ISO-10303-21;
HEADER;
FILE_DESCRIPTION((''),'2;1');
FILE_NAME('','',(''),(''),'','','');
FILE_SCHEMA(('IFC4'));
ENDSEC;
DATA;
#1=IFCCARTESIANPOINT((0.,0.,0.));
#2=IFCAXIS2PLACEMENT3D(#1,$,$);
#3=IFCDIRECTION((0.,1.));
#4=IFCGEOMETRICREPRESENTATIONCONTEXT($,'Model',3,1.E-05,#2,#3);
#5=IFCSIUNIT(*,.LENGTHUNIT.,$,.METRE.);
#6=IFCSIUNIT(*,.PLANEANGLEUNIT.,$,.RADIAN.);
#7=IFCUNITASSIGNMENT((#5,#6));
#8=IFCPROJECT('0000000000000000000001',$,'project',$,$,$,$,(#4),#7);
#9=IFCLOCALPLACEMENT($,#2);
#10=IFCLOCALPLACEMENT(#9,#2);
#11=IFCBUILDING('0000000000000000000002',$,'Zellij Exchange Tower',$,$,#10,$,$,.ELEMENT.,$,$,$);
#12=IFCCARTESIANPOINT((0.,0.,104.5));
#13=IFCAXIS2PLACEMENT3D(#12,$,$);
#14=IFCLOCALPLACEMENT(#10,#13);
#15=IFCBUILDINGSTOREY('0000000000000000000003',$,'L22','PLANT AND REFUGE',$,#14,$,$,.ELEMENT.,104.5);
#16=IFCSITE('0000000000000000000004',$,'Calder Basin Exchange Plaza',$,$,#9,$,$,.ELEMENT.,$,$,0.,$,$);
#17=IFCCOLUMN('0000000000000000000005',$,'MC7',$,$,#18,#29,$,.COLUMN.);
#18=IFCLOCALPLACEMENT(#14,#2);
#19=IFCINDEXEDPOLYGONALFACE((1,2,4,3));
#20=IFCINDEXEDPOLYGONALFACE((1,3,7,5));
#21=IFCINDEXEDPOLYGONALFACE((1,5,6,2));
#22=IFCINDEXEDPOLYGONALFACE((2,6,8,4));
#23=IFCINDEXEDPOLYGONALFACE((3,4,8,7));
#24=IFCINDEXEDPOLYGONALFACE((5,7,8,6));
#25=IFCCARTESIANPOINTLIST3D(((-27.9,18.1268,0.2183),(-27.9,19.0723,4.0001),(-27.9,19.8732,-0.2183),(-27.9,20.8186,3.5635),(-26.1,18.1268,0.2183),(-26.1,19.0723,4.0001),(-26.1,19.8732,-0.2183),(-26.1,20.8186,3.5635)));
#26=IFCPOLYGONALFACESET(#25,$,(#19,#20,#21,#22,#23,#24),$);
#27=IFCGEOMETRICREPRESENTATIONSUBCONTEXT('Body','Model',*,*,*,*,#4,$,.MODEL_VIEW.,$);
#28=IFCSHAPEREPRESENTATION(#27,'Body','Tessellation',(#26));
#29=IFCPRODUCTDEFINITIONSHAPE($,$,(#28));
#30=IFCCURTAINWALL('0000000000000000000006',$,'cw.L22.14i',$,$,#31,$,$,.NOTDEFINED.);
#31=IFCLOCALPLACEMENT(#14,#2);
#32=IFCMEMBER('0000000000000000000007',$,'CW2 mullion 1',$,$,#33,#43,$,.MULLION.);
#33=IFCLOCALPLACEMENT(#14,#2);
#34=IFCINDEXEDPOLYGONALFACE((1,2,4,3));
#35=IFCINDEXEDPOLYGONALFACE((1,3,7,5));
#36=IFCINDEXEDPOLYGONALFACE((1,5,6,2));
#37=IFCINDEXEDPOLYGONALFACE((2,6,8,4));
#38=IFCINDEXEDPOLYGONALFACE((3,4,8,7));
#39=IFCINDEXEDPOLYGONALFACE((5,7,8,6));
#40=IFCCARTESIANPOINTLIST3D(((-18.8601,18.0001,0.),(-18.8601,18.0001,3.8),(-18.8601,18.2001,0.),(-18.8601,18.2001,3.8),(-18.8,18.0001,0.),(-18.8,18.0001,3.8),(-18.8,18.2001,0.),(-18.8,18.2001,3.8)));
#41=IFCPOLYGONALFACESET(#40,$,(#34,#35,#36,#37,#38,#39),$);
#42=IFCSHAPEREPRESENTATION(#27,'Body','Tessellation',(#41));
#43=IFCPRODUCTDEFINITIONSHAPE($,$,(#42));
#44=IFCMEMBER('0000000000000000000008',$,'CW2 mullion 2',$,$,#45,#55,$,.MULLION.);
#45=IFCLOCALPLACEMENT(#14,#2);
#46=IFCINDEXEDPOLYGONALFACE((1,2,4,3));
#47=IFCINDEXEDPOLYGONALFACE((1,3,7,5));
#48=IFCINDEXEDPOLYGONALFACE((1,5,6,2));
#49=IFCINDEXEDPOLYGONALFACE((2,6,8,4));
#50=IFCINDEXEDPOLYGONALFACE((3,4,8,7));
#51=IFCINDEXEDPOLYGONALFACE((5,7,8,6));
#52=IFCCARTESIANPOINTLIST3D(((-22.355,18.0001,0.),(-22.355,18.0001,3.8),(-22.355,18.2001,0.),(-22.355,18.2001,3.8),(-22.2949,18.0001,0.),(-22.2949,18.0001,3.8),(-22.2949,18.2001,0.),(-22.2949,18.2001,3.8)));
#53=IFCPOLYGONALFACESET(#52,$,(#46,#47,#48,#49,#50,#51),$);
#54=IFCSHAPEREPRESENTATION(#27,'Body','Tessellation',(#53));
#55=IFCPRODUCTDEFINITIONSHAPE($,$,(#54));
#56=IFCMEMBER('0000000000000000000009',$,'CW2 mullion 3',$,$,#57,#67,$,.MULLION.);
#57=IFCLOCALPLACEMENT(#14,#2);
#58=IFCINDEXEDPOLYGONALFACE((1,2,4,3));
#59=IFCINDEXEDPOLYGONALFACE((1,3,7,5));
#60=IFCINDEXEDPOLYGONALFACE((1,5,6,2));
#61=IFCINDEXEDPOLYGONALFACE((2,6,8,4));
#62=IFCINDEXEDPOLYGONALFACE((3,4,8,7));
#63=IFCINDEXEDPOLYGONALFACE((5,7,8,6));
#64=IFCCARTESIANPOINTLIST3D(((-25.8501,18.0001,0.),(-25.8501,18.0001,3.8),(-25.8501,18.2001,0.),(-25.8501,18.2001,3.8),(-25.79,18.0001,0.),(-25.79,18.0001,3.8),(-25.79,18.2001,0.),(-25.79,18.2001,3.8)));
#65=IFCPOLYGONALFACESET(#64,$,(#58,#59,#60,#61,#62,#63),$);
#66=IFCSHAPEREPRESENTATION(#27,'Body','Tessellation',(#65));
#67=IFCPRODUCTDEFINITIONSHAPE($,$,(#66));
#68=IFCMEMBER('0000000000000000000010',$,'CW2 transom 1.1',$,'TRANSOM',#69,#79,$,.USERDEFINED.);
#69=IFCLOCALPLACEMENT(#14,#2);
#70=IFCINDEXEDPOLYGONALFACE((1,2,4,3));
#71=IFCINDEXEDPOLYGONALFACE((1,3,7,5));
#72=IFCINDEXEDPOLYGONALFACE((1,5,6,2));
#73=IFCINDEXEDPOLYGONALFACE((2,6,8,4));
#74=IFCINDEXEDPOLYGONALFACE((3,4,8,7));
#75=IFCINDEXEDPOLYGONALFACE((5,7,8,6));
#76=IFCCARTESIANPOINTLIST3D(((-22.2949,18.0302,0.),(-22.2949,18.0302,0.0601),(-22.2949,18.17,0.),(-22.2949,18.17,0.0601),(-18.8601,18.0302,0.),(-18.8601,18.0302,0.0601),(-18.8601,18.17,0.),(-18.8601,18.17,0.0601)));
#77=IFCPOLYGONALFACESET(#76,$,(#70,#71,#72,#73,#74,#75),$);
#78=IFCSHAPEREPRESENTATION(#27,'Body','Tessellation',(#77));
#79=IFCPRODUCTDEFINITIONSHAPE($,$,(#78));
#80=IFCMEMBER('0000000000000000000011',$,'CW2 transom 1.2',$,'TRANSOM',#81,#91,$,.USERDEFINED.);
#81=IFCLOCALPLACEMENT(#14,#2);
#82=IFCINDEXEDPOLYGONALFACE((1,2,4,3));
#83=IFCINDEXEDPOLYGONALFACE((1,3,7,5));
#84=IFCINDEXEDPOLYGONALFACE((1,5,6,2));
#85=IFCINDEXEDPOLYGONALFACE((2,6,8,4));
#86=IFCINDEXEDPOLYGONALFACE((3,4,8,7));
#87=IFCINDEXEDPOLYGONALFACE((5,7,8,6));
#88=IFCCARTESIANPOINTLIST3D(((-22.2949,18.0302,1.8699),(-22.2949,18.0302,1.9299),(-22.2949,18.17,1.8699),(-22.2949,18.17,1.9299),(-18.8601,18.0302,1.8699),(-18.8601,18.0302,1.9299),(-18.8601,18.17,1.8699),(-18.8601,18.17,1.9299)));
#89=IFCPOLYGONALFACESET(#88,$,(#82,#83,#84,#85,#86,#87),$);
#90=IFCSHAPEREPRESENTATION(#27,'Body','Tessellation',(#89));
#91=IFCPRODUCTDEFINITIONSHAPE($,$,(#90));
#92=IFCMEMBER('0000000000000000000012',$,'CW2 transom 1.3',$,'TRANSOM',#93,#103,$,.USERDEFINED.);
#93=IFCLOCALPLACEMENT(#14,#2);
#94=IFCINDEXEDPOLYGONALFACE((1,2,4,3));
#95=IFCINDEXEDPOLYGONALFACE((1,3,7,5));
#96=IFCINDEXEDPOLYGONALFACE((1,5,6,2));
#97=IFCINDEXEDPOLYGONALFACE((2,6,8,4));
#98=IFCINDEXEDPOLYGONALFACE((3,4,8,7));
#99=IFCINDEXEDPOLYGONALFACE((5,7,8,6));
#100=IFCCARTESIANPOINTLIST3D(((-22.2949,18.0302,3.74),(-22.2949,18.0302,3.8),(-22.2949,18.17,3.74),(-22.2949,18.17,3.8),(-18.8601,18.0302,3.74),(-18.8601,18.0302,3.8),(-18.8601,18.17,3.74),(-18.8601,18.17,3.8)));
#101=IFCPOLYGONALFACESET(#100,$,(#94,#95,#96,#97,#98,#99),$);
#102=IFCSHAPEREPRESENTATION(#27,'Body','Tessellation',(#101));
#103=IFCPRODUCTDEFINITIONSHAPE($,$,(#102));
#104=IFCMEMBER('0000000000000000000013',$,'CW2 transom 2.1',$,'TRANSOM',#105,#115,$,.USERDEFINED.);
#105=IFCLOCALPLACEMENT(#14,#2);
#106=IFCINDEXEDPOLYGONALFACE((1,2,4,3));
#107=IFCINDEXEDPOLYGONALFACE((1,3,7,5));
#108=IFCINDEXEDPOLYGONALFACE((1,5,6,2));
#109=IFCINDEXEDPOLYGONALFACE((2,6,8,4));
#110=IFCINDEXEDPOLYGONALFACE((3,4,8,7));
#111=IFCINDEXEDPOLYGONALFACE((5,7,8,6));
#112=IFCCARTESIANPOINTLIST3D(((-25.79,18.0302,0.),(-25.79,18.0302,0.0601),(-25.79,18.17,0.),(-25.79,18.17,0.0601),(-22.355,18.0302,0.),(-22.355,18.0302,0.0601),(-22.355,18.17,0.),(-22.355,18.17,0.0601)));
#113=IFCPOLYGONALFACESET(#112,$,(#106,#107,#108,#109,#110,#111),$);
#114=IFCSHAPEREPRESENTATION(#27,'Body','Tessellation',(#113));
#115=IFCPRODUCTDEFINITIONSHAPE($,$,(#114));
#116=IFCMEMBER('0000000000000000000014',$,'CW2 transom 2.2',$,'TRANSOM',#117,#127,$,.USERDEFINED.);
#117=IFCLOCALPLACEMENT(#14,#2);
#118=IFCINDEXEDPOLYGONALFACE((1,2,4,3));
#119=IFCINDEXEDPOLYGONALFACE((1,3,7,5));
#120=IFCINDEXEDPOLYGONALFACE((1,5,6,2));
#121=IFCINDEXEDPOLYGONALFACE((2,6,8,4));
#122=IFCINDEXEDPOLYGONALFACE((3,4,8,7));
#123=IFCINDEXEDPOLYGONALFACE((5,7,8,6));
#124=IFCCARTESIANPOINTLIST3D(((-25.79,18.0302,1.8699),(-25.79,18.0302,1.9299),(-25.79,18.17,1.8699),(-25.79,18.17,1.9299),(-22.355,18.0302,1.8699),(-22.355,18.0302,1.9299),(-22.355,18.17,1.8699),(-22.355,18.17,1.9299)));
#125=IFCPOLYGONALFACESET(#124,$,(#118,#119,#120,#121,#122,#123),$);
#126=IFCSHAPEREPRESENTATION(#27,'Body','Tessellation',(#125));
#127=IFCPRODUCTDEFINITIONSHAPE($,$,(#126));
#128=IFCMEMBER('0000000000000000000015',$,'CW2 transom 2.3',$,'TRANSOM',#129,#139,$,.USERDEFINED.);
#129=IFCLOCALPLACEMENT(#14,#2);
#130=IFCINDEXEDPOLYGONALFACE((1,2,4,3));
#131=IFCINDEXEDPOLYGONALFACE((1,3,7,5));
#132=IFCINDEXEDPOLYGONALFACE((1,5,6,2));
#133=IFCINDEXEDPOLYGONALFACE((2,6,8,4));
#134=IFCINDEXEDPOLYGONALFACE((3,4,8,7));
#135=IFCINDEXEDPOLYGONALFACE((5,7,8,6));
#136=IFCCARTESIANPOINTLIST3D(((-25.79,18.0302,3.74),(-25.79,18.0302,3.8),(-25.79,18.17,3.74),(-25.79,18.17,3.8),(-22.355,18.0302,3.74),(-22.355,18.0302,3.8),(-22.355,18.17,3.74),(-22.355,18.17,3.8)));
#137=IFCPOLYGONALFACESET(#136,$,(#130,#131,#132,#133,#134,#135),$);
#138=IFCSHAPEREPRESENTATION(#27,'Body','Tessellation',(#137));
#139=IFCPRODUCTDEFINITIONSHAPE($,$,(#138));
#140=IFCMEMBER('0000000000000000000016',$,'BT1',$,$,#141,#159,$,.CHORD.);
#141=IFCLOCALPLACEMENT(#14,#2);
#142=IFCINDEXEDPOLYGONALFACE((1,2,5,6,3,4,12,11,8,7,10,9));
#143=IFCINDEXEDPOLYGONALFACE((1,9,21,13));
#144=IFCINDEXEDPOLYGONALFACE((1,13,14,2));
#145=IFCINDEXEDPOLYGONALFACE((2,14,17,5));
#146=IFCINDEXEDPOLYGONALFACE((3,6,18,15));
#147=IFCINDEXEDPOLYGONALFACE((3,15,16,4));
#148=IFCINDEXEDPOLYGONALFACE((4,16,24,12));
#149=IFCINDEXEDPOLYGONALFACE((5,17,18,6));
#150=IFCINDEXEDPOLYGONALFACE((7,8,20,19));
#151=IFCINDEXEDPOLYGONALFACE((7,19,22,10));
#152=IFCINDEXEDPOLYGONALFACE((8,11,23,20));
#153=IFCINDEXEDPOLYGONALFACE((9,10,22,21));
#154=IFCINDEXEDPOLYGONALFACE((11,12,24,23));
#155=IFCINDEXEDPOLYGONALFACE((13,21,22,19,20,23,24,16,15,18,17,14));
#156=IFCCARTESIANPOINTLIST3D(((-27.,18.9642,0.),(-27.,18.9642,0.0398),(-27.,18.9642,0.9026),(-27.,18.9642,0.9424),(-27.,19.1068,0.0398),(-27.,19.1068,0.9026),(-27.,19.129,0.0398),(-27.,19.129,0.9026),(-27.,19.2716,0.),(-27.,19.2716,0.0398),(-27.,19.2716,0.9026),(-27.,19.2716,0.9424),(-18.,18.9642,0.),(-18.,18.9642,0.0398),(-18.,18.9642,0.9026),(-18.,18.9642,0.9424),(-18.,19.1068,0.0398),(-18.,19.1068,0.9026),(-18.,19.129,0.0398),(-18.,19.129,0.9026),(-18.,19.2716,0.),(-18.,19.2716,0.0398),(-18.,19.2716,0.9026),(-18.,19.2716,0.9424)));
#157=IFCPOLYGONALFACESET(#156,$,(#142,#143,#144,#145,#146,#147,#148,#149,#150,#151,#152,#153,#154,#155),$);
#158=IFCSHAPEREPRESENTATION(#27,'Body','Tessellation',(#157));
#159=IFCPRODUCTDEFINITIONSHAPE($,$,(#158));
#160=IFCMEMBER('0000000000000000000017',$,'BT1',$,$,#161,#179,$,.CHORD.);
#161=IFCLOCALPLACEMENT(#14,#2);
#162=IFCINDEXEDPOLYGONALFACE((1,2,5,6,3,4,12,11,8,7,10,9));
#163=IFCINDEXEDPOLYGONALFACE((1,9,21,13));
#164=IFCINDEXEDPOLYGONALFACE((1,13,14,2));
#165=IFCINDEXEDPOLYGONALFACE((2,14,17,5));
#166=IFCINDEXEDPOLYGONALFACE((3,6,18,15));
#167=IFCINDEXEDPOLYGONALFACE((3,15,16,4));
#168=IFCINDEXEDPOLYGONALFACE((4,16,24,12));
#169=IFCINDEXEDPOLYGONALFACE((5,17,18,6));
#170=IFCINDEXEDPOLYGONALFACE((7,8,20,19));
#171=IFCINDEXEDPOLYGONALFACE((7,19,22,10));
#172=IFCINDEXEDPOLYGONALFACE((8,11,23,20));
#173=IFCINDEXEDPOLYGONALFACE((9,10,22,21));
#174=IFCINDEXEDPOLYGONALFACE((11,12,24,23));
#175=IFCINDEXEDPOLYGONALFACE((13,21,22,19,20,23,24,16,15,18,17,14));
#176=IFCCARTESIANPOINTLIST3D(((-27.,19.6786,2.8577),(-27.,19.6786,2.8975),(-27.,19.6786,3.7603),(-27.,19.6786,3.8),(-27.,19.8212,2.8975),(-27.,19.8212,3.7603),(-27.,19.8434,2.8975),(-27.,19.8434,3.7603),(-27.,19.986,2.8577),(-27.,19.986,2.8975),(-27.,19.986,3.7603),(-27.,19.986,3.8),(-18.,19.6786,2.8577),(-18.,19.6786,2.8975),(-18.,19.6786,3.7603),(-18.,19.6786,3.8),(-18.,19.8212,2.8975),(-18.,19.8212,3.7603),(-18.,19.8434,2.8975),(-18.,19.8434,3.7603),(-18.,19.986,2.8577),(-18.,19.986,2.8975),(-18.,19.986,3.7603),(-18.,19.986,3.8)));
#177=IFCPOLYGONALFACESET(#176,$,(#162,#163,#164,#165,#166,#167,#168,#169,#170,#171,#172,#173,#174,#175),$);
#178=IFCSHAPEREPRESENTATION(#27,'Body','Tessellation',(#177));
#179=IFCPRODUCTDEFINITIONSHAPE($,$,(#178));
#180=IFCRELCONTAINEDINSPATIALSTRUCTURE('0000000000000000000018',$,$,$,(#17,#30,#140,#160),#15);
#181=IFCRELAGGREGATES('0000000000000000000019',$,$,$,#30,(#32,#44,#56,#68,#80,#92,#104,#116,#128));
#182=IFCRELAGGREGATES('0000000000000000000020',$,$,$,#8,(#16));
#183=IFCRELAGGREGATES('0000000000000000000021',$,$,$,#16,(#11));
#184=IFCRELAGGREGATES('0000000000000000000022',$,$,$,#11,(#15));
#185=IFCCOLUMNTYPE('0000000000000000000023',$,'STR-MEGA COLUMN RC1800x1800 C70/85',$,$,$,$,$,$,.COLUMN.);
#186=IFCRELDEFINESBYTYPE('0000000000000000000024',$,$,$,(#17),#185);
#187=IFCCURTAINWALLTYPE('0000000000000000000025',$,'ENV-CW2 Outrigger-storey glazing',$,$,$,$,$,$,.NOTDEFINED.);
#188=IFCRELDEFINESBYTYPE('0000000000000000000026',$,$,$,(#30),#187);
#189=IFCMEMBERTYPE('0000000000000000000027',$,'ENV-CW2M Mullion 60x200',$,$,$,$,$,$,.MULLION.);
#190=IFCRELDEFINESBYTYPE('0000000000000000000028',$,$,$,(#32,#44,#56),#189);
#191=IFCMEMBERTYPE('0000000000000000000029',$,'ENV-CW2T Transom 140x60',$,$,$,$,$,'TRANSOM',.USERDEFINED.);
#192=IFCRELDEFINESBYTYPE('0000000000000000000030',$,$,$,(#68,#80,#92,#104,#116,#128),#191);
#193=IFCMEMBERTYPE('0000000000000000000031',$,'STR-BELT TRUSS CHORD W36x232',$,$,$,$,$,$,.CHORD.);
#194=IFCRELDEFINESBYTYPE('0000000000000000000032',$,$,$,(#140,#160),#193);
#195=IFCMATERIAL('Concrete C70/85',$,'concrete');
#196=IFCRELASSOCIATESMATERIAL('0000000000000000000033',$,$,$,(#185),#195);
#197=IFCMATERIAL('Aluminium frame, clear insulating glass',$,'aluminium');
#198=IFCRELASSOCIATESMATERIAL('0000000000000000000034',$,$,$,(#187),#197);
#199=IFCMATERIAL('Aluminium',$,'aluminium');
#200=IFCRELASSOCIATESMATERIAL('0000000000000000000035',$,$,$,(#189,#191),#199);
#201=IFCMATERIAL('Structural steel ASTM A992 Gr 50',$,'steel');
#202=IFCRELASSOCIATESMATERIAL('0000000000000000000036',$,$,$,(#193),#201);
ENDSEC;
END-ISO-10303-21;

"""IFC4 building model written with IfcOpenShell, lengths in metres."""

from ifc_helpers import new_model, si_unit, direction, frame, origin, origin_2d, place, context, subcontext, project, spatial, rectangle, i_section, extrude, clip, halfspace, material, material_profile, profile_set, type_object, element, aggregate, save


model = new_model("IFC4")

# Units and contexts
model_context = context("Model", 3, precision=1e-05, world=origin(), true_north=direction((0.0, 1.0)))
body_context = subcontext(model_context, "Body", "Model", "MODEL_VIEW")
ifc_project = project(units=[si_unit("LENGTHUNIT", "METRE"), si_unit("PLANEANGLEUNIT", "RADIAN")], contexts=[model_context])

# Site, building, storey
site_placement = place(None, origin())
site = spatial("IfcSite", under=ifc_project, at=site_placement, Name="Calder Basin Exchange Plaza", CompositionType="ELEMENT", RefElevation=0.0)
building_placement = place(site_placement, origin())
building = spatial("IfcBuilding", under=site, at=building_placement, Name="Zellij Exchange Tower", CompositionType="ELEMENT")
storey_placement = place(building_placement, frame((0.0, 0.0, 104.5)))
storey = spatial("IfcBuildingStorey", under=building, at=storey_placement, Name="L22", Description="PLANT AND REFUGE", CompositionType="ELEMENT", Elevation=104.5)

# Column
ifc_material_1 = material(Name="Concrete C70/85", Category="concrete")
ifc_material_profile_1 = material_profile(ifc_material_1, rectangle(XDim=1.8, YDim=1.8, at=origin_2d()), Name="STR-MEGA COLUMN RC1800x1800 C70/85")
ifc_profile_set_1 = profile_set([ifc_material_profile_1], Name="Concrete C70/85")
column_type = type_object("IfcColumnType", Name="STR-MEGA COLUMN RC1800x1800 C70/85", PredefinedType="COLUMN", material=ifc_profile_set_1)
column_placement = place(storey_placement, frame((-27.0, 19.0, 0.0), z_axis=(0.0, 0.242536, 0.970143), x_axis=(-1.0, 0.0, 0.0)))
element("IfcColumn", 1, at=column_placement, inside=storey, type_object=column_type, Name="MC7", PredefinedType="COLUMN", context=body_context, shape_type="Clipping", body=[
    clip(extrude(rectangle(XDim=1.8, YDim=1.8, at=origin_2d()), origin(), (0.0, 0.0, 1.0), 4.123), halfspace(frame((0.0, 0.0, 3.8982)), False)),
])

# Curtain wall, members
ifc_material_2 = material(Name="Aluminium frame, clear insulating glass", Category="aluminium")
curtain_wall_type = type_object("IfcCurtainWallType", Name="ENV-CW2 Outrigger-storey glazing", PredefinedType="NOTDEFINED", material=ifc_material_2)
curtain_wall_placement = place(storey_placement, origin())
curtain_wall = element("IfcCurtainWall", 2, at=curtain_wall_placement, inside=storey, type_object=curtain_wall_type, Name="cw.L22.14i", PredefinedType="NOTDEFINED")
ifc_material_3 = material(Name="Aluminium", Category="aluminium")
ifc_material_profile_2 = material_profile(ifc_material_3, rectangle(XDim=0.0601, YDim=0.2, at=origin_2d()), Name="AL 60x200")
ifc_profile_set_2 = profile_set([ifc_material_profile_2], Name="Aluminium")
member_type_1 = type_object("IfcMemberType", Name="ENV-CW2M Mullion 60x200", PredefinedType="MULLION", material=ifc_profile_set_2)
member_1_placement = place(storey_placement, frame((-18.8301, 18.1001, 0.0), z_axis=(0.0, 0.0, 1.0), x_axis=(-1.0, 0.0, 0.0)))
member_1 = element("IfcMember", 3, at=member_1_placement, type_object=member_type_1, Name="CW2 mullion 1", PredefinedType="MULLION", context=body_context, shape_type="SweptSolid", body=[
    extrude(rectangle(XDim=0.0601, YDim=0.2, at=origin_2d()), origin(), (0.0, 0.0, 1.0), 3.8),
])
member_2_placement = place(storey_placement, frame((-22.325, 18.1001, 0.0), z_axis=(0.0, 0.0, 1.0), x_axis=(-1.0, 0.0, 0.0)))
member_2 = element("IfcMember", 4, at=member_2_placement, type_object=member_type_1, Name="CW2 mullion 2", PredefinedType="MULLION", context=body_context, shape_type="SweptSolid", body=[
    extrude(rectangle(XDim=0.0601, YDim=0.2, at=origin_2d()), origin(), (0.0, 0.0, 1.0), 3.8),
])
member_3_placement = place(storey_placement, frame((-25.8201, 18.1001, 0.0), z_axis=(0.0, 0.0, 1.0), x_axis=(-1.0, 0.0, 0.0)))
member_3 = element("IfcMember", 5, at=member_3_placement, type_object=member_type_1, Name="CW2 mullion 3", PredefinedType="MULLION", context=body_context, shape_type="SweptSolid", body=[
    extrude(rectangle(XDim=0.0601, YDim=0.2, at=origin_2d()), origin(), (0.0, 0.0, 1.0), 3.8),
])
ifc_material_profile_3 = material_profile(ifc_material_3, rectangle(XDim=0.1399, YDim=0.0601, at=origin_2d()), Name="AL 140x60")
ifc_profile_set_3 = profile_set([ifc_material_profile_3], Name="Aluminium")
member_type_2 = type_object("IfcMemberType", Name="ENV-CW2T Transom 140x60", ElementType="TRANSOM", PredefinedType="USERDEFINED", material=ifc_profile_set_3)
member_4_placement = place(storey_placement, frame((-18.8601, 18.1001, 0.03), z_axis=(-1.0, 0.0, 0.0), x_axis=(0.0, -1.0, 0.0)))
member_4 = element("IfcMember", 6, at=member_4_placement, type_object=member_type_2, Name="CW2 transom 1.1", ObjectType="TRANSOM", PredefinedType="USERDEFINED", context=body_context, shape_type="SweptSolid", body=[
    extrude(rectangle(XDim=0.1399, YDim=0.0601, at=origin_2d()), origin(), (0.0, 0.0, 1.0), 3.4348),
])
member_5_placement = place(storey_placement, frame((-18.8601, 18.1001, 1.8999), z_axis=(-1.0, 0.0, 0.0), x_axis=(0.0, -1.0, 0.0)))
member_5 = element("IfcMember", 7, at=member_5_placement, type_object=member_type_2, Name="CW2 transom 1.2", ObjectType="TRANSOM", PredefinedType="USERDEFINED", context=body_context, shape_type="SweptSolid", body=[
    extrude(rectangle(XDim=0.1399, YDim=0.0601, at=origin_2d()), origin(), (0.0, 0.0, 1.0), 3.4348),
])
member_6_placement = place(storey_placement, frame((-18.8601, 18.1001, 3.77), z_axis=(-1.0, 0.0, 0.0), x_axis=(0.0, -1.0, 0.0)))
member_6 = element("IfcMember", 8, at=member_6_placement, type_object=member_type_2, Name="CW2 transom 1.3", ObjectType="TRANSOM", PredefinedType="USERDEFINED", context=body_context, shape_type="SweptSolid", body=[
    extrude(rectangle(XDim=0.1399, YDim=0.0601, at=origin_2d()), origin(), (0.0, 0.0, 1.0), 3.4348),
])
member_7_placement = place(storey_placement, frame((-22.355, 18.1001, 0.03), z_axis=(-1.0, 0.0, 0.0), x_axis=(0.0, -1.0, 0.0)))
member_7 = element("IfcMember", 9, at=member_7_placement, type_object=member_type_2, Name="CW2 transom 2.1", ObjectType="TRANSOM", PredefinedType="USERDEFINED", context=body_context, shape_type="SweptSolid", body=[
    extrude(rectangle(XDim=0.1399, YDim=0.0601, at=origin_2d()), origin(), (0.0, 0.0, 1.0), 3.4351),
])
member_8_placement = place(storey_placement, frame((-22.355, 18.1001, 1.8999), z_axis=(-1.0, 0.0, 0.0), x_axis=(0.0, -1.0, 0.0)))
member_8 = element("IfcMember", 10, at=member_8_placement, type_object=member_type_2, Name="CW2 transom 2.2", ObjectType="TRANSOM", PredefinedType="USERDEFINED", context=body_context, shape_type="SweptSolid", body=[
    extrude(rectangle(XDim=0.1399, YDim=0.0601, at=origin_2d()), origin(), (0.0, 0.0, 1.0), 3.4351),
])
member_9_placement = place(storey_placement, frame((-22.355, 18.1001, 3.77), z_axis=(-1.0, 0.0, 0.0), x_axis=(0.0, -1.0, 0.0)))
member_9 = element("IfcMember", 11, at=member_9_placement, type_object=member_type_2, Name="CW2 transom 2.3", ObjectType="TRANSOM", PredefinedType="USERDEFINED", context=body_context, shape_type="SweptSolid", body=[
    extrude(rectangle(XDim=0.1399, YDim=0.0601, at=origin_2d()), origin(), (0.0, 0.0, 1.0), 3.4351),
])

# Members
ifc_material_4 = material(Name="Structural steel ASTM A992 Gr 50", Category="steel")
ifc_material_profile_4 = material_profile(ifc_material_4, i_section(OverallWidth=0.3074, OverallDepth=0.9424, WebThickness=0.0222, FlangeThickness=0.0398, at=origin_2d()), Name="W36x232")
ifc_profile_set_4 = profile_set([ifc_material_profile_4], Name="Structural steel ASTM A992 Gr 50")
member_type_3 = type_object("IfcMemberType", Name="STR-BELT TRUSS CHORD W36x232", PredefinedType="CHORD", material=ifc_profile_set_4)
for number, where, z_axis, x_axis, name in (
    (12, (-27.0, 19.1179, 0.4712), (1.0, 0.0, 0.0), (0.0, 1.0, 0.0), "BT1"),
    (13, (-27.0, 19.8323, 3.3289), (1.0, 0.0, 0.0), (0.0, 1.0, 0.0), "BT1"),
):
    element("IfcMember", number, at=place(storey_placement, frame(where, z_axis=z_axis, x_axis=x_axis)), inside=storey, type_object=member_type_3, Name=name, PredefinedType="CHORD", context=body_context, shape_type="SweptSolid", body=[
        extrude(i_section(OverallWidth=0.3074, OverallDepth=0.9424, WebThickness=0.0222, FlangeThickness=0.0398, at=origin_2d()), origin(), (0.0, 0.0, 1.0), 9.0),
    ])

aggregate(curtain_wall, [member_1, member_2, member_3, member_4, member_5, member_6, member_7, member_8, member_9])

save(model, "model.ifc")
